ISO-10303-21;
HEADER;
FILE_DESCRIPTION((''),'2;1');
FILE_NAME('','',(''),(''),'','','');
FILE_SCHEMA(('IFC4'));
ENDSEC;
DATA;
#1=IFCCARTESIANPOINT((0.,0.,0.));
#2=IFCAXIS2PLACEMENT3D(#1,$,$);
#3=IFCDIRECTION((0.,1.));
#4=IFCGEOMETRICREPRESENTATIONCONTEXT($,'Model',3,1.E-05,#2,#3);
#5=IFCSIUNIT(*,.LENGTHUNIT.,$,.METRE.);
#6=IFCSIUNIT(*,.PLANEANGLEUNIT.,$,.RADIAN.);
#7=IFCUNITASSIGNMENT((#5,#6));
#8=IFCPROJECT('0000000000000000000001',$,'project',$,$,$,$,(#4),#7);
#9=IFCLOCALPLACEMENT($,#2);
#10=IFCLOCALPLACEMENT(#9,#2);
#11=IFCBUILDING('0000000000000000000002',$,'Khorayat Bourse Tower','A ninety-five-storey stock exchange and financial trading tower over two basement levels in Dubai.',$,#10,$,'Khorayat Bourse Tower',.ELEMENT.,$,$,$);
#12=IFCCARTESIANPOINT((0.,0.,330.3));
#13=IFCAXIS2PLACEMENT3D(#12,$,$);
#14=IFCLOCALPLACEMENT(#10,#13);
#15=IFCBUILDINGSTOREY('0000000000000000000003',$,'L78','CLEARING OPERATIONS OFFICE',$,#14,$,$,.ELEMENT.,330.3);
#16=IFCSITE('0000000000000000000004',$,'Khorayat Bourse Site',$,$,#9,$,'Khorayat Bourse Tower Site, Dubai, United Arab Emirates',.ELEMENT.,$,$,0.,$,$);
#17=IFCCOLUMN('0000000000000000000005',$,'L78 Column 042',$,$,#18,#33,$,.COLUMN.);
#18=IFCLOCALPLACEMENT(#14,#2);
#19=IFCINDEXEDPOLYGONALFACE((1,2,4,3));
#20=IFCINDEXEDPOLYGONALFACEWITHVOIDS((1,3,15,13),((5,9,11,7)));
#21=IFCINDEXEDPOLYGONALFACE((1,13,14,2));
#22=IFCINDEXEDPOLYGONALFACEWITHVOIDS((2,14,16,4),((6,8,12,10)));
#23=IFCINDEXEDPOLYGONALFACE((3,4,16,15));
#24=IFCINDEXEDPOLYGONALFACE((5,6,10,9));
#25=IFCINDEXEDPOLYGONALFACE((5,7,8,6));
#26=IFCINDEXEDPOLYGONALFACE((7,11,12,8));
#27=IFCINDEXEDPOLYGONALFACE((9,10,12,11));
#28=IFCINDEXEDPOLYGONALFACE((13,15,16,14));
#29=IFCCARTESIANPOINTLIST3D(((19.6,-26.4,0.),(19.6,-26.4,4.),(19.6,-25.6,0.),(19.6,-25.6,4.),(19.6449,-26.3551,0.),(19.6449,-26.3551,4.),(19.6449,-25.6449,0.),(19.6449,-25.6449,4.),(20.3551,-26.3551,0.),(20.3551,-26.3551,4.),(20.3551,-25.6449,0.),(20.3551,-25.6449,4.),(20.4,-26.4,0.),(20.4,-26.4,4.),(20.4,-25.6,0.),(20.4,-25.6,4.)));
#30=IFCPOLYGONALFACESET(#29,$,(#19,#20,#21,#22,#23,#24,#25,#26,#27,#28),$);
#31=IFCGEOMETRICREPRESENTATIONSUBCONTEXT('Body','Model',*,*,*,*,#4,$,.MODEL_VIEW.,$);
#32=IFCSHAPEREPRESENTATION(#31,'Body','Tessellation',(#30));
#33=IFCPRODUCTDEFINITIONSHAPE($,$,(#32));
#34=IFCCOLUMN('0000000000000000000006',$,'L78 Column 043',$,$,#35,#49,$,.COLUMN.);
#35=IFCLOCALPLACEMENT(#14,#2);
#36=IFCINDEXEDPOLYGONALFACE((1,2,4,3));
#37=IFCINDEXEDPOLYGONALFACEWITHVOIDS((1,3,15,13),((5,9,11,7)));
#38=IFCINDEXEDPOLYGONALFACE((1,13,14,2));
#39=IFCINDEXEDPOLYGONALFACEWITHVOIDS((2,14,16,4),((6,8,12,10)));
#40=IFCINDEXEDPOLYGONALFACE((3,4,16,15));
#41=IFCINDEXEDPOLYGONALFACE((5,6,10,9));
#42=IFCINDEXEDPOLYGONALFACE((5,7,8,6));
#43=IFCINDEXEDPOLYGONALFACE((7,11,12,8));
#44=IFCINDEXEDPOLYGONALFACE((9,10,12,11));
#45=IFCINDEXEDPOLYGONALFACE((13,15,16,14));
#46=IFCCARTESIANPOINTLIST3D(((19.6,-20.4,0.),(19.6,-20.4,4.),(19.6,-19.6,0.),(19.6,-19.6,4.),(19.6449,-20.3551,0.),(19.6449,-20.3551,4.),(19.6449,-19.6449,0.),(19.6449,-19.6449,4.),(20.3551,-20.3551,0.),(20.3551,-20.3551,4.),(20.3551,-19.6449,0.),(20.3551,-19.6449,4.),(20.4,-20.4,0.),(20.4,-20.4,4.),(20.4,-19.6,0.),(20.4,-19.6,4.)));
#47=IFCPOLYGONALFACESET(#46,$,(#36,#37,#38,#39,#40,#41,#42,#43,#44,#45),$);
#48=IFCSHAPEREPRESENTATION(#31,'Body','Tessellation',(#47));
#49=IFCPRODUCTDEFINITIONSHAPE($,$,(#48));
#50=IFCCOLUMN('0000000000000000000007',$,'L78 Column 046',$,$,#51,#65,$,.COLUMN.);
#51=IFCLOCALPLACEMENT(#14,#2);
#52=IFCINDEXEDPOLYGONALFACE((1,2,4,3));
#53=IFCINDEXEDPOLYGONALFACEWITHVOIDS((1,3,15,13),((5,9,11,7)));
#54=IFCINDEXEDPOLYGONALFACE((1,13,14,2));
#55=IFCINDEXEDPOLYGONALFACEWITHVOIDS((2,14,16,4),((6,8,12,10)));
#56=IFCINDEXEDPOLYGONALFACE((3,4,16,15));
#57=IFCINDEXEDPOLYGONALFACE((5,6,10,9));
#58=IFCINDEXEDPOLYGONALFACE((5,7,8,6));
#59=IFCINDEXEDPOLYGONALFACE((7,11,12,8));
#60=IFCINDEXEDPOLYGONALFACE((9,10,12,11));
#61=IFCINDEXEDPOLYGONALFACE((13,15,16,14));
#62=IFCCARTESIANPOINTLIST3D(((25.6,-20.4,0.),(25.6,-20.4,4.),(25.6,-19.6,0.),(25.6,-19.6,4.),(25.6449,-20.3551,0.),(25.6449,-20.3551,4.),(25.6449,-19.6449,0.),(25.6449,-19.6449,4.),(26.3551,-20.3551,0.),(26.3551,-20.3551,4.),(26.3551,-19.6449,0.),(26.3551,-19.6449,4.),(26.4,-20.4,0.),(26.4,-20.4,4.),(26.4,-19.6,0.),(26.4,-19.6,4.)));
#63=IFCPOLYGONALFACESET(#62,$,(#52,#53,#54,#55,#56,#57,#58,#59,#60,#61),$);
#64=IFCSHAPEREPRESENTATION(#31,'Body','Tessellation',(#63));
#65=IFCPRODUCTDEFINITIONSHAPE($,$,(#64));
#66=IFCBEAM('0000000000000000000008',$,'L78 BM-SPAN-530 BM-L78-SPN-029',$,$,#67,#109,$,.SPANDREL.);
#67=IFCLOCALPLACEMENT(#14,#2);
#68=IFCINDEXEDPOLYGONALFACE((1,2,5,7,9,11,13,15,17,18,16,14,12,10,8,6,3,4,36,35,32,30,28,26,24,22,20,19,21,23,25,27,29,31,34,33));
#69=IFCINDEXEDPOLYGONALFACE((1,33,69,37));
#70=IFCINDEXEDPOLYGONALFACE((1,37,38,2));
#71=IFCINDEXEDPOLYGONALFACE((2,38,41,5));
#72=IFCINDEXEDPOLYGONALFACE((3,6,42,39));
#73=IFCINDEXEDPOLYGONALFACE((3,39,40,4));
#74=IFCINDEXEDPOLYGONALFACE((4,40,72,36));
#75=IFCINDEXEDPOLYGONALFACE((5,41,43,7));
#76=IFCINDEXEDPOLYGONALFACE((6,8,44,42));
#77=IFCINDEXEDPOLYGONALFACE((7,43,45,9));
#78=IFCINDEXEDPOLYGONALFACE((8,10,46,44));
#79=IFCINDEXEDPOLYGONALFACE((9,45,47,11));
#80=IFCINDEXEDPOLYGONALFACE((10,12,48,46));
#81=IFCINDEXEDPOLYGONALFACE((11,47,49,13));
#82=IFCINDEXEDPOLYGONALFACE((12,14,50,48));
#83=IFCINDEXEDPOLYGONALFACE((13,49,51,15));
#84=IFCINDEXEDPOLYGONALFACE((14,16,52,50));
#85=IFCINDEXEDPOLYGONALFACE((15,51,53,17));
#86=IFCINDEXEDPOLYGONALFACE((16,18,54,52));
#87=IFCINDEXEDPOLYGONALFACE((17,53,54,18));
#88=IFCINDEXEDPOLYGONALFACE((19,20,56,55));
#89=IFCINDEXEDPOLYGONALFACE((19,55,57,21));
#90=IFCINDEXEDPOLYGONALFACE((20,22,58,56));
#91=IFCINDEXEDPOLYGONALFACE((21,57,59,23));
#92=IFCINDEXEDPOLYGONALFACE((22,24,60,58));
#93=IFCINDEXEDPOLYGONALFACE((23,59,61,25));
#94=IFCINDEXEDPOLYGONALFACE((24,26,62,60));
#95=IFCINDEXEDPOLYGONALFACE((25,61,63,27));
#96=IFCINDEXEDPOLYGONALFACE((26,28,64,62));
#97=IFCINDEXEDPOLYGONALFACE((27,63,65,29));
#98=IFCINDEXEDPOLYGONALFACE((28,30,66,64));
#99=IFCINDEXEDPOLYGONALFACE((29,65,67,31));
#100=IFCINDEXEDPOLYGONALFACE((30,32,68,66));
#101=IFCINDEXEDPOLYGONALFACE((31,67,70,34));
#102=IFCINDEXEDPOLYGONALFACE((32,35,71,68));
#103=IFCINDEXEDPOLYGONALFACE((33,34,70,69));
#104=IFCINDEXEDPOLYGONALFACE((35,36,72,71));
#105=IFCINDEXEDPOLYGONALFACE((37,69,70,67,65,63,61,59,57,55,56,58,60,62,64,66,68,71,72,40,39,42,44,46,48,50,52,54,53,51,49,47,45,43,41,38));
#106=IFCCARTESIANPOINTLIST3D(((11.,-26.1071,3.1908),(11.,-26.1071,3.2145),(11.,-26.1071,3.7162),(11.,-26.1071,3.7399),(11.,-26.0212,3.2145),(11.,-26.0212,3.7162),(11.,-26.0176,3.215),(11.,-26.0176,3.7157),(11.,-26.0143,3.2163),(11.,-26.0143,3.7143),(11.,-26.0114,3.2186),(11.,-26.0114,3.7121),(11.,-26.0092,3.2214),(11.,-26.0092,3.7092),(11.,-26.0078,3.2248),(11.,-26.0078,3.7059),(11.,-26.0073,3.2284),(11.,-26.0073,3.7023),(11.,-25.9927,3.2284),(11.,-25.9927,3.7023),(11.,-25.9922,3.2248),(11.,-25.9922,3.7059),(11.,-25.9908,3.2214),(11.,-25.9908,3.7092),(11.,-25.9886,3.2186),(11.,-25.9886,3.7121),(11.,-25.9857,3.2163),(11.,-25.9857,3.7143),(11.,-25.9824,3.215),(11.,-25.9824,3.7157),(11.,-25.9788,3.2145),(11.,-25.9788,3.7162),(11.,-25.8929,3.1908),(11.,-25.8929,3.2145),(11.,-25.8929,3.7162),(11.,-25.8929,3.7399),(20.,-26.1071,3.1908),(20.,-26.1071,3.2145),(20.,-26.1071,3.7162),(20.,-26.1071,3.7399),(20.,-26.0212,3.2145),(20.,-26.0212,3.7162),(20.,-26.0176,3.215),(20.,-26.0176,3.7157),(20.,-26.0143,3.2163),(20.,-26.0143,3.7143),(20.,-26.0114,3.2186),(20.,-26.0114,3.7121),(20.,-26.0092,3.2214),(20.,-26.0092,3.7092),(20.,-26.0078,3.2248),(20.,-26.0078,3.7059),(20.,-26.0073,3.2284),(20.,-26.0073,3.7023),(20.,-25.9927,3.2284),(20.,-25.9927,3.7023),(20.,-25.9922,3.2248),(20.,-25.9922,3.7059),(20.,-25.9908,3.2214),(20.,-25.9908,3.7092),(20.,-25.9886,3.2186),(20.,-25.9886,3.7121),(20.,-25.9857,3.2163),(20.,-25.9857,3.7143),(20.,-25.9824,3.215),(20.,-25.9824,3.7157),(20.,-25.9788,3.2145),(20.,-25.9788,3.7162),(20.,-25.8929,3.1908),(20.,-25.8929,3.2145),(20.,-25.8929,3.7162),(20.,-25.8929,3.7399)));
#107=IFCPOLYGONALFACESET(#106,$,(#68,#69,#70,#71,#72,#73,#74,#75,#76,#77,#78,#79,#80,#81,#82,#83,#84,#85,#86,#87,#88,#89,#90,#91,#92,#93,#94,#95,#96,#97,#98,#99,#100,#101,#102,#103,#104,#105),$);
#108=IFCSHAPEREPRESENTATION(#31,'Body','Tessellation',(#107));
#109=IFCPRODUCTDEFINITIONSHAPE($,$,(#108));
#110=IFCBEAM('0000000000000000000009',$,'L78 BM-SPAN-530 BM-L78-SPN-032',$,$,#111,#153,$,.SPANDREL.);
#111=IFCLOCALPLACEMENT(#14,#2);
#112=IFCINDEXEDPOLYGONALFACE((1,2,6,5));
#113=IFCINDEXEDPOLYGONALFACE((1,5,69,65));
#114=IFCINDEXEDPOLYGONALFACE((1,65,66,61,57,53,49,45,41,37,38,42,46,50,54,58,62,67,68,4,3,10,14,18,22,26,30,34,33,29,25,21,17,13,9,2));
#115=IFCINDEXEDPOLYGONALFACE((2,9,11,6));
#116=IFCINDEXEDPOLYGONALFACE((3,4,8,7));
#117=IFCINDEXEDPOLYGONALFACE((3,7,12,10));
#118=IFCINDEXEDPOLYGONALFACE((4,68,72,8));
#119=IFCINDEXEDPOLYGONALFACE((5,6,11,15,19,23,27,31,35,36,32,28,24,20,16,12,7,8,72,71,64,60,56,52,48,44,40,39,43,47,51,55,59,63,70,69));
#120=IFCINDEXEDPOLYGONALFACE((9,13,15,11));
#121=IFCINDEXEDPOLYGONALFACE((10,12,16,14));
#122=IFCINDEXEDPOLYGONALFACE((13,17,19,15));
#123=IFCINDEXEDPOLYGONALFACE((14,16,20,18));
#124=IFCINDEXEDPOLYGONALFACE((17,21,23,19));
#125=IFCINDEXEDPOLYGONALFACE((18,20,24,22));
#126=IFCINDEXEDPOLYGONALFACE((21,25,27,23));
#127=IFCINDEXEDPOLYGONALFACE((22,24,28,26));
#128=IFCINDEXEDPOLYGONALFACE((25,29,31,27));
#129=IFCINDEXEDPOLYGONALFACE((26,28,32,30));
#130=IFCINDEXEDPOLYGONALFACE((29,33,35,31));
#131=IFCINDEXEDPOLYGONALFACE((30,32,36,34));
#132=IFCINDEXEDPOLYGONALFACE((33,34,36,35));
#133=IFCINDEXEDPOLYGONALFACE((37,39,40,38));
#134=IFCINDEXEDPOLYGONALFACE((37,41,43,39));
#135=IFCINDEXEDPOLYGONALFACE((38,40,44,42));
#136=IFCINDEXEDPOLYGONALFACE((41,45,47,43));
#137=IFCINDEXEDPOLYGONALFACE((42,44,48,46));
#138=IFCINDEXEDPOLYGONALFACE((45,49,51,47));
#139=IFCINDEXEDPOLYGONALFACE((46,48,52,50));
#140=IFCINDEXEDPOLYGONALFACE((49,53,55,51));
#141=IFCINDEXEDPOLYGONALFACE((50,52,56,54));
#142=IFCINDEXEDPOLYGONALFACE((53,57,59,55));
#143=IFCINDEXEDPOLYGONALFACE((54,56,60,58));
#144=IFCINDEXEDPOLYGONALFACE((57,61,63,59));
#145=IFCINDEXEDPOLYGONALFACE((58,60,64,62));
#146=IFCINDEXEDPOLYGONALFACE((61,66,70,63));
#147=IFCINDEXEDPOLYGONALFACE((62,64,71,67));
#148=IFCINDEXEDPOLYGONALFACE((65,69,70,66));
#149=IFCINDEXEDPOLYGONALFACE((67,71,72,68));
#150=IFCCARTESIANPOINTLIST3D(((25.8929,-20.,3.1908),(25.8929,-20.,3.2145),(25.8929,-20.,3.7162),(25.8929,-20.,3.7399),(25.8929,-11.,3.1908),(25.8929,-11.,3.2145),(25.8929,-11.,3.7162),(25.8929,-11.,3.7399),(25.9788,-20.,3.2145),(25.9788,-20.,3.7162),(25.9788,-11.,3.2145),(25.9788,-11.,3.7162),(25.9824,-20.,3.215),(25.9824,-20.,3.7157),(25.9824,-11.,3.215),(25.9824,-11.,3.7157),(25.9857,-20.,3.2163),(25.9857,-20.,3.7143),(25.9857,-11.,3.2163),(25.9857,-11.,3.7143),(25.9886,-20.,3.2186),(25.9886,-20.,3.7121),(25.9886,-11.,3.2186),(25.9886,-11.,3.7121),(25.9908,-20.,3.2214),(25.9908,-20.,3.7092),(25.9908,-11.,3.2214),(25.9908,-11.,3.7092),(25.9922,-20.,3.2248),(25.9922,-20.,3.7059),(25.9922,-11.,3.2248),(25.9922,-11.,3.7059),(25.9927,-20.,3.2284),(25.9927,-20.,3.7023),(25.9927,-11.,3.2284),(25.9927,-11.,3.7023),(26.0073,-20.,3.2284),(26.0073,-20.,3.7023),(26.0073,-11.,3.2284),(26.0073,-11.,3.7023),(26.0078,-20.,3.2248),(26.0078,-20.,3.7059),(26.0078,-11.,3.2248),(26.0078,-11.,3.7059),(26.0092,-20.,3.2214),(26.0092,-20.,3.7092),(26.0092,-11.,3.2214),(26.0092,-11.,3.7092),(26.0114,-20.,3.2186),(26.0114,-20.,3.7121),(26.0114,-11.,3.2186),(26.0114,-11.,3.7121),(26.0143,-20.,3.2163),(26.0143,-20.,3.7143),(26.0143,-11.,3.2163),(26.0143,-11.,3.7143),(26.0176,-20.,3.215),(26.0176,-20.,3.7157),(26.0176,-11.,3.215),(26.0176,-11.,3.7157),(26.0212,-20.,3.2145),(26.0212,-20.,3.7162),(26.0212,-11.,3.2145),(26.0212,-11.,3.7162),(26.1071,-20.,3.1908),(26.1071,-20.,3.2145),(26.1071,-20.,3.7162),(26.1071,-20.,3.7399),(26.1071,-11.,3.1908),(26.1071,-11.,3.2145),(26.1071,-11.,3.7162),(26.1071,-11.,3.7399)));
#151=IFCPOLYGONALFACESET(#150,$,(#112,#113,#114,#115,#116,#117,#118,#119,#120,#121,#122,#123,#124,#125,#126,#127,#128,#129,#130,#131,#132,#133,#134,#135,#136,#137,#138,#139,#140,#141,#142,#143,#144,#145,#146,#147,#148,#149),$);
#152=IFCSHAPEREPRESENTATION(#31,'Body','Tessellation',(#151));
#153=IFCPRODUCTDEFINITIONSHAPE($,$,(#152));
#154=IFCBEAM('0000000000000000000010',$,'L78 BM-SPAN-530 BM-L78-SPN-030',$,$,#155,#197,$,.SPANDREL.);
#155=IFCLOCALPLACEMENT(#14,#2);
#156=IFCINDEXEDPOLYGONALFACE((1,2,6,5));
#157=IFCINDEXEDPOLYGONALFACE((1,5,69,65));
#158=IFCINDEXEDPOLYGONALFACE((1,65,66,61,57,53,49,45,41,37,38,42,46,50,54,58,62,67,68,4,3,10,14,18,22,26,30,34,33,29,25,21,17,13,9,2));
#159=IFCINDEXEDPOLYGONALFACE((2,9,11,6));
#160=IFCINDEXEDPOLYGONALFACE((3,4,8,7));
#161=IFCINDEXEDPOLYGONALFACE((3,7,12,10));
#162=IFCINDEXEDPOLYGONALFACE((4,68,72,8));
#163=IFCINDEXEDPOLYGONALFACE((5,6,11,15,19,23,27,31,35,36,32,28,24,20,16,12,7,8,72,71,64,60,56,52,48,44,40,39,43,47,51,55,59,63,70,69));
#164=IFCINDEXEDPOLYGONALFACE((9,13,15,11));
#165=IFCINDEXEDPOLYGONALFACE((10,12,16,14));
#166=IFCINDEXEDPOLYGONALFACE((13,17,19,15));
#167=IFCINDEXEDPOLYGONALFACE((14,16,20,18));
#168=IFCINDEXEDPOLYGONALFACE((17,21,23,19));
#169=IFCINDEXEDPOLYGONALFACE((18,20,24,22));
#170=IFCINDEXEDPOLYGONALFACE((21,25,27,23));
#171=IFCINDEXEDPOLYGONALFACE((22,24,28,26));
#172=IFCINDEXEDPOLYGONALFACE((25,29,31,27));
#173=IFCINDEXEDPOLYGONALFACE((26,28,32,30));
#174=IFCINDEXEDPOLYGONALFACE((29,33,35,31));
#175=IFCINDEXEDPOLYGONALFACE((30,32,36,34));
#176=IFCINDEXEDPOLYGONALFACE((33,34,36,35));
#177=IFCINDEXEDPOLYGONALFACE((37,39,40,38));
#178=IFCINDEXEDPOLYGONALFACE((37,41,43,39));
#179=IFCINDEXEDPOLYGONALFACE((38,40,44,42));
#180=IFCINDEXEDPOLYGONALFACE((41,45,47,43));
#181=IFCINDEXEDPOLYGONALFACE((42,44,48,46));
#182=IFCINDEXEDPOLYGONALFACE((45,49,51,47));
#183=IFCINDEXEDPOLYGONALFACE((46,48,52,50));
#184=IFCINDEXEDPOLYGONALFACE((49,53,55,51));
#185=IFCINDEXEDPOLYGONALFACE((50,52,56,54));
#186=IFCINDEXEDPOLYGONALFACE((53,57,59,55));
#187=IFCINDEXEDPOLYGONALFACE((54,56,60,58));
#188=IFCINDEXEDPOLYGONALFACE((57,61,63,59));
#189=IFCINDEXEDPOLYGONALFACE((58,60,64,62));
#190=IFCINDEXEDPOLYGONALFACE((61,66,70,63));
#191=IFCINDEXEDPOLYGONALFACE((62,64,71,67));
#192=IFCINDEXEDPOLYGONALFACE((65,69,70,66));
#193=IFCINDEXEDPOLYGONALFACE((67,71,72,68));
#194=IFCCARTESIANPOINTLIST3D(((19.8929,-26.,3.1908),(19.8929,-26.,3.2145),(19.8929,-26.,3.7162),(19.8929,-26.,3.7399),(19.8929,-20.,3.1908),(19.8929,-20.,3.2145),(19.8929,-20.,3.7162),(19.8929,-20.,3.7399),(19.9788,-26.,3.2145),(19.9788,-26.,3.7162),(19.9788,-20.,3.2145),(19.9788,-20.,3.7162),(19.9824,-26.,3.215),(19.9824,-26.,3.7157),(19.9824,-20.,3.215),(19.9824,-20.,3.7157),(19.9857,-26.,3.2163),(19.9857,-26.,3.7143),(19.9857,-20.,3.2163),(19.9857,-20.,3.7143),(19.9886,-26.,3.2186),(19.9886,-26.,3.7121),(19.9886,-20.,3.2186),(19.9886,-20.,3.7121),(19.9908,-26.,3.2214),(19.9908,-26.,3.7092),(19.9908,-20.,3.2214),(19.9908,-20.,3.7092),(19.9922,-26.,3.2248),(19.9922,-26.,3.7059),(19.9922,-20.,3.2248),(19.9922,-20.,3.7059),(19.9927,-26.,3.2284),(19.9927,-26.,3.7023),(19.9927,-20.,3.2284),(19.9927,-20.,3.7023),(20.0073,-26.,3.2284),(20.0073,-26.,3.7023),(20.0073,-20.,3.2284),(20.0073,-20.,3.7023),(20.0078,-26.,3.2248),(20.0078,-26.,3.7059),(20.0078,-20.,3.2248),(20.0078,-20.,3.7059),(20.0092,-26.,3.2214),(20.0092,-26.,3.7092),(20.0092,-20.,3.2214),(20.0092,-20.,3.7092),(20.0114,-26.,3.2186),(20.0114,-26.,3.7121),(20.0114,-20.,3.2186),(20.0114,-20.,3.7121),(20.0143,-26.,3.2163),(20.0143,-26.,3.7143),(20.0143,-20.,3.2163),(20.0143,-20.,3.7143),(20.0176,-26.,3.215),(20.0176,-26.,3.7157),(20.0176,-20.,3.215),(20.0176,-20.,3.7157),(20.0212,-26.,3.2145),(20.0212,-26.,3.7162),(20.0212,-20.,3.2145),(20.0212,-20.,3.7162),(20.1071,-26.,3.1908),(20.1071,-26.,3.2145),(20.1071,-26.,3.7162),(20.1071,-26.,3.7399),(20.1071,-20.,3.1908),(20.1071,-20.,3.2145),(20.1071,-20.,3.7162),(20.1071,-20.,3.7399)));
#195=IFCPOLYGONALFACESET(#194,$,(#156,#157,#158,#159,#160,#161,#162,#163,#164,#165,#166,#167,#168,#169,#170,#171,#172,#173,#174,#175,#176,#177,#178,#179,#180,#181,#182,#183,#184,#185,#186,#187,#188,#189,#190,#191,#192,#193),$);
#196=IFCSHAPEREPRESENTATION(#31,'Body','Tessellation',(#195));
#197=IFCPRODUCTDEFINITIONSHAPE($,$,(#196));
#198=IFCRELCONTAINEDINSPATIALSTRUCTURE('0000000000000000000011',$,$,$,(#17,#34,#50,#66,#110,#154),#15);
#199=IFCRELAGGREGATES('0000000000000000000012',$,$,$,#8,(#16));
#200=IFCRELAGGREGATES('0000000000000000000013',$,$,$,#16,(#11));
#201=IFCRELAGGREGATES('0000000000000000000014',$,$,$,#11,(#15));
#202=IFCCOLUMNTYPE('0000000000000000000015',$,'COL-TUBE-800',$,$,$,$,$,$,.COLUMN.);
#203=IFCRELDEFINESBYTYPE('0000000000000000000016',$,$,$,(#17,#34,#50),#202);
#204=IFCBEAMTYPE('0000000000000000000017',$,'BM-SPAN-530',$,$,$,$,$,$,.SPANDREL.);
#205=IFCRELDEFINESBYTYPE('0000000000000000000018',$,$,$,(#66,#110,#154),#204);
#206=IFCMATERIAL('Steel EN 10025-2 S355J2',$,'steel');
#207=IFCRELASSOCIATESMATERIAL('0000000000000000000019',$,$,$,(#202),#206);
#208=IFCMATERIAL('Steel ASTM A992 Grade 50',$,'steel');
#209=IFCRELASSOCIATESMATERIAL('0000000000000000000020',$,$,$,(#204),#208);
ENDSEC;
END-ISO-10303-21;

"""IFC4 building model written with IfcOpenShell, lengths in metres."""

from ifc_helpers import new_model, si_unit, direction, frame, origin, origin_2d, place, context, subcontext, project, spatial, hollow_rectangle, i_section, extrude, source, transform, mapped, material, material_profile, profile_set, type_object, element, save


model = new_model("IFC4")

# Units and contexts
model_context = context("Model", 3, precision=1e-05, world=origin(), true_north=direction((0.0, 1.0)))
body_context = subcontext(model_context, "Body", "Model", "MODEL_VIEW")
ifc_project = project(units=[si_unit("LENGTHUNIT", "METRE"), si_unit("PLANEANGLEUNIT", "RADIAN")], contexts=[model_context])

# Site, building, storey
site_placement = place(None, origin())
site = spatial("IfcSite", under=ifc_project, at=site_placement, Name="Khorayat Bourse Site", LongName="Khorayat Bourse Tower Site, Dubai, United Arab Emirates", CompositionType="ELEMENT", RefElevation=0.0)
building_placement = place(site_placement, origin())
building = spatial("IfcBuilding", under=site, at=building_placement, Name="Khorayat Bourse Tower", Description="A ninety-five-storey stock exchange and financial trading tower over two basement levels in Dubai.", LongName="Khorayat Bourse Tower", CompositionType="ELEMENT")
storey_placement = place(building_placement, frame((0.0, 0.0, 330.3)))
storey = spatial("IfcBuildingStorey", under=building, at=storey_placement, Name="L78", Description="CLEARING OPERATIONS OFFICE", CompositionType="ELEMENT", Elevation=330.3)

# Columns
ifc_material_1 = material(Name="Steel EN 10025-2 S355J2", Category="steel")
ifc_material_profile_1 = material_profile(ifc_material_1, hollow_rectangle(XDim=0.8, YDim=0.8, WallThickness=0.0449, at=origin_2d()), Name="BOX 800x800x45")
ifc_profile_set_1 = profile_set([ifc_material_profile_1], Name="Steel EN 10025-2 S355J2")
column_type = type_object("IfcColumnType", Name="COL-TUBE-800", PredefinedType="COLUMN", material=ifc_profile_set_1)
shared_shape_1 = source(origin(), body_context, "Body", "SweptSolid", [
    extrude(hollow_rectangle(XDim=0.8, YDim=0.8, WallThickness=0.0449, at=origin_2d()), origin(), (0.0, 0.0, 1.0), 4.0),
])
for number, where, z_axis, x_axis, name in (
    (1, (20.0, -26.0, 0.0), (0.0, 0.0, 1.0), (1.0, 0.0, 0.0), "L78 Column 042"),
    (2, (20.0, -20.0, 0.0), (0.0, 0.0, 1.0), (1.0, 0.0, 0.0), "L78 Column 043"),
    (3, (26.0, -20.0, 0.0), (0.0, 0.0, 1.0), (1.0, 0.0, 0.0), "L78 Column 046"),
):
    element("IfcColumn", number, at=place(storey_placement, frame(where, z_axis=z_axis, x_axis=x_axis)), inside=storey, type_object=column_type, Name=name, PredefinedType="COLUMN", context=body_context, shape_type="MappedRepresentation", body=[
        mapped(shared_shape_1, transform((0.0, 0.0, 0.0), scale=1.0)),
    ])

# Beams
ifc_material_2 = material(Name="Steel ASTM A992 Grade 50", Category="steel")
ifc_material_profile_2 = material_profile(ifc_material_2, i_section(OverallWidth=0.2141, OverallDepth=0.5491, WebThickness=0.0146, FlangeThickness=0.0237, FilletRadius=0.0139, at=origin_2d()), Name="W530X138")
ifc_profile_set_2 = profile_set([ifc_material_profile_2], Name="Steel ASTM A992 Grade 50")
beam_type_1 = type_object("IfcBeamType", Name="BM-SPAN-530", PredefinedType="SPANDREL", material=ifc_profile_set_2)
shared_shape_2 = source(origin(), body_context, "Body", "SweptSolid", [
    extrude(i_section(OverallWidth=0.2141, OverallDepth=0.5491, WebThickness=0.0146, FlangeThickness=0.0237, FilletRadius=0.0139, at=origin_2d()), origin(), (0.0, 0.0, 1.0), 9.0),
])
for number, where, z_axis, x_axis, name in (
    (4, (11.0, -26.0, 3.4653), (1.0, 0.0, 0.0), (0.0, 1.0, 0.0), "L78 BM-SPAN-530 BM-L78-SPN-029"),
    (5, (26.0, -20.0, 3.4653), (0.0, 1.0, 0.0), (-1.0, 0.0, 0.0), "L78 BM-SPAN-530 BM-L78-SPN-032"),
):
    element("IfcBeam", number, at=place(storey_placement, frame(where, z_axis=z_axis, x_axis=x_axis)), inside=storey, type_object=beam_type_1, Name=name, PredefinedType="SPANDREL", context=body_context, shape_type="MappedRepresentation", body=[
        mapped(shared_shape_2, transform((0.0, 0.0, 0.0), scale=1.0)),
    ])
shared_shape_3 = source(origin(), body_context, "Body", "SweptSolid", [
    extrude(i_section(OverallWidth=0.2141, OverallDepth=0.5491, WebThickness=0.0146, FlangeThickness=0.0237, FilletRadius=0.0139, at=origin_2d()), origin(), (0.0, 0.0, 1.0), 6.0),
])
for number, where, z_axis, x_axis, name in (
    (6, (20.0, -26.0, 3.4653), (0.0, 1.0, 0.0), (-1.0, 0.0, 0.0), "L78 BM-SPAN-530 BM-L78-SPN-030"),
):
    element("IfcBeam", number, at=place(storey_placement, frame(where, z_axis=z_axis, x_axis=x_axis)), inside=storey, type_object=beam_type_1, Name=name, PredefinedType="SPANDREL", context=body_context, shape_type="MappedRepresentation", body=[
        mapped(shared_shape_3, transform((0.0, 0.0, 0.0), scale=1.0)),
    ])

save(model, "model.ifc")
